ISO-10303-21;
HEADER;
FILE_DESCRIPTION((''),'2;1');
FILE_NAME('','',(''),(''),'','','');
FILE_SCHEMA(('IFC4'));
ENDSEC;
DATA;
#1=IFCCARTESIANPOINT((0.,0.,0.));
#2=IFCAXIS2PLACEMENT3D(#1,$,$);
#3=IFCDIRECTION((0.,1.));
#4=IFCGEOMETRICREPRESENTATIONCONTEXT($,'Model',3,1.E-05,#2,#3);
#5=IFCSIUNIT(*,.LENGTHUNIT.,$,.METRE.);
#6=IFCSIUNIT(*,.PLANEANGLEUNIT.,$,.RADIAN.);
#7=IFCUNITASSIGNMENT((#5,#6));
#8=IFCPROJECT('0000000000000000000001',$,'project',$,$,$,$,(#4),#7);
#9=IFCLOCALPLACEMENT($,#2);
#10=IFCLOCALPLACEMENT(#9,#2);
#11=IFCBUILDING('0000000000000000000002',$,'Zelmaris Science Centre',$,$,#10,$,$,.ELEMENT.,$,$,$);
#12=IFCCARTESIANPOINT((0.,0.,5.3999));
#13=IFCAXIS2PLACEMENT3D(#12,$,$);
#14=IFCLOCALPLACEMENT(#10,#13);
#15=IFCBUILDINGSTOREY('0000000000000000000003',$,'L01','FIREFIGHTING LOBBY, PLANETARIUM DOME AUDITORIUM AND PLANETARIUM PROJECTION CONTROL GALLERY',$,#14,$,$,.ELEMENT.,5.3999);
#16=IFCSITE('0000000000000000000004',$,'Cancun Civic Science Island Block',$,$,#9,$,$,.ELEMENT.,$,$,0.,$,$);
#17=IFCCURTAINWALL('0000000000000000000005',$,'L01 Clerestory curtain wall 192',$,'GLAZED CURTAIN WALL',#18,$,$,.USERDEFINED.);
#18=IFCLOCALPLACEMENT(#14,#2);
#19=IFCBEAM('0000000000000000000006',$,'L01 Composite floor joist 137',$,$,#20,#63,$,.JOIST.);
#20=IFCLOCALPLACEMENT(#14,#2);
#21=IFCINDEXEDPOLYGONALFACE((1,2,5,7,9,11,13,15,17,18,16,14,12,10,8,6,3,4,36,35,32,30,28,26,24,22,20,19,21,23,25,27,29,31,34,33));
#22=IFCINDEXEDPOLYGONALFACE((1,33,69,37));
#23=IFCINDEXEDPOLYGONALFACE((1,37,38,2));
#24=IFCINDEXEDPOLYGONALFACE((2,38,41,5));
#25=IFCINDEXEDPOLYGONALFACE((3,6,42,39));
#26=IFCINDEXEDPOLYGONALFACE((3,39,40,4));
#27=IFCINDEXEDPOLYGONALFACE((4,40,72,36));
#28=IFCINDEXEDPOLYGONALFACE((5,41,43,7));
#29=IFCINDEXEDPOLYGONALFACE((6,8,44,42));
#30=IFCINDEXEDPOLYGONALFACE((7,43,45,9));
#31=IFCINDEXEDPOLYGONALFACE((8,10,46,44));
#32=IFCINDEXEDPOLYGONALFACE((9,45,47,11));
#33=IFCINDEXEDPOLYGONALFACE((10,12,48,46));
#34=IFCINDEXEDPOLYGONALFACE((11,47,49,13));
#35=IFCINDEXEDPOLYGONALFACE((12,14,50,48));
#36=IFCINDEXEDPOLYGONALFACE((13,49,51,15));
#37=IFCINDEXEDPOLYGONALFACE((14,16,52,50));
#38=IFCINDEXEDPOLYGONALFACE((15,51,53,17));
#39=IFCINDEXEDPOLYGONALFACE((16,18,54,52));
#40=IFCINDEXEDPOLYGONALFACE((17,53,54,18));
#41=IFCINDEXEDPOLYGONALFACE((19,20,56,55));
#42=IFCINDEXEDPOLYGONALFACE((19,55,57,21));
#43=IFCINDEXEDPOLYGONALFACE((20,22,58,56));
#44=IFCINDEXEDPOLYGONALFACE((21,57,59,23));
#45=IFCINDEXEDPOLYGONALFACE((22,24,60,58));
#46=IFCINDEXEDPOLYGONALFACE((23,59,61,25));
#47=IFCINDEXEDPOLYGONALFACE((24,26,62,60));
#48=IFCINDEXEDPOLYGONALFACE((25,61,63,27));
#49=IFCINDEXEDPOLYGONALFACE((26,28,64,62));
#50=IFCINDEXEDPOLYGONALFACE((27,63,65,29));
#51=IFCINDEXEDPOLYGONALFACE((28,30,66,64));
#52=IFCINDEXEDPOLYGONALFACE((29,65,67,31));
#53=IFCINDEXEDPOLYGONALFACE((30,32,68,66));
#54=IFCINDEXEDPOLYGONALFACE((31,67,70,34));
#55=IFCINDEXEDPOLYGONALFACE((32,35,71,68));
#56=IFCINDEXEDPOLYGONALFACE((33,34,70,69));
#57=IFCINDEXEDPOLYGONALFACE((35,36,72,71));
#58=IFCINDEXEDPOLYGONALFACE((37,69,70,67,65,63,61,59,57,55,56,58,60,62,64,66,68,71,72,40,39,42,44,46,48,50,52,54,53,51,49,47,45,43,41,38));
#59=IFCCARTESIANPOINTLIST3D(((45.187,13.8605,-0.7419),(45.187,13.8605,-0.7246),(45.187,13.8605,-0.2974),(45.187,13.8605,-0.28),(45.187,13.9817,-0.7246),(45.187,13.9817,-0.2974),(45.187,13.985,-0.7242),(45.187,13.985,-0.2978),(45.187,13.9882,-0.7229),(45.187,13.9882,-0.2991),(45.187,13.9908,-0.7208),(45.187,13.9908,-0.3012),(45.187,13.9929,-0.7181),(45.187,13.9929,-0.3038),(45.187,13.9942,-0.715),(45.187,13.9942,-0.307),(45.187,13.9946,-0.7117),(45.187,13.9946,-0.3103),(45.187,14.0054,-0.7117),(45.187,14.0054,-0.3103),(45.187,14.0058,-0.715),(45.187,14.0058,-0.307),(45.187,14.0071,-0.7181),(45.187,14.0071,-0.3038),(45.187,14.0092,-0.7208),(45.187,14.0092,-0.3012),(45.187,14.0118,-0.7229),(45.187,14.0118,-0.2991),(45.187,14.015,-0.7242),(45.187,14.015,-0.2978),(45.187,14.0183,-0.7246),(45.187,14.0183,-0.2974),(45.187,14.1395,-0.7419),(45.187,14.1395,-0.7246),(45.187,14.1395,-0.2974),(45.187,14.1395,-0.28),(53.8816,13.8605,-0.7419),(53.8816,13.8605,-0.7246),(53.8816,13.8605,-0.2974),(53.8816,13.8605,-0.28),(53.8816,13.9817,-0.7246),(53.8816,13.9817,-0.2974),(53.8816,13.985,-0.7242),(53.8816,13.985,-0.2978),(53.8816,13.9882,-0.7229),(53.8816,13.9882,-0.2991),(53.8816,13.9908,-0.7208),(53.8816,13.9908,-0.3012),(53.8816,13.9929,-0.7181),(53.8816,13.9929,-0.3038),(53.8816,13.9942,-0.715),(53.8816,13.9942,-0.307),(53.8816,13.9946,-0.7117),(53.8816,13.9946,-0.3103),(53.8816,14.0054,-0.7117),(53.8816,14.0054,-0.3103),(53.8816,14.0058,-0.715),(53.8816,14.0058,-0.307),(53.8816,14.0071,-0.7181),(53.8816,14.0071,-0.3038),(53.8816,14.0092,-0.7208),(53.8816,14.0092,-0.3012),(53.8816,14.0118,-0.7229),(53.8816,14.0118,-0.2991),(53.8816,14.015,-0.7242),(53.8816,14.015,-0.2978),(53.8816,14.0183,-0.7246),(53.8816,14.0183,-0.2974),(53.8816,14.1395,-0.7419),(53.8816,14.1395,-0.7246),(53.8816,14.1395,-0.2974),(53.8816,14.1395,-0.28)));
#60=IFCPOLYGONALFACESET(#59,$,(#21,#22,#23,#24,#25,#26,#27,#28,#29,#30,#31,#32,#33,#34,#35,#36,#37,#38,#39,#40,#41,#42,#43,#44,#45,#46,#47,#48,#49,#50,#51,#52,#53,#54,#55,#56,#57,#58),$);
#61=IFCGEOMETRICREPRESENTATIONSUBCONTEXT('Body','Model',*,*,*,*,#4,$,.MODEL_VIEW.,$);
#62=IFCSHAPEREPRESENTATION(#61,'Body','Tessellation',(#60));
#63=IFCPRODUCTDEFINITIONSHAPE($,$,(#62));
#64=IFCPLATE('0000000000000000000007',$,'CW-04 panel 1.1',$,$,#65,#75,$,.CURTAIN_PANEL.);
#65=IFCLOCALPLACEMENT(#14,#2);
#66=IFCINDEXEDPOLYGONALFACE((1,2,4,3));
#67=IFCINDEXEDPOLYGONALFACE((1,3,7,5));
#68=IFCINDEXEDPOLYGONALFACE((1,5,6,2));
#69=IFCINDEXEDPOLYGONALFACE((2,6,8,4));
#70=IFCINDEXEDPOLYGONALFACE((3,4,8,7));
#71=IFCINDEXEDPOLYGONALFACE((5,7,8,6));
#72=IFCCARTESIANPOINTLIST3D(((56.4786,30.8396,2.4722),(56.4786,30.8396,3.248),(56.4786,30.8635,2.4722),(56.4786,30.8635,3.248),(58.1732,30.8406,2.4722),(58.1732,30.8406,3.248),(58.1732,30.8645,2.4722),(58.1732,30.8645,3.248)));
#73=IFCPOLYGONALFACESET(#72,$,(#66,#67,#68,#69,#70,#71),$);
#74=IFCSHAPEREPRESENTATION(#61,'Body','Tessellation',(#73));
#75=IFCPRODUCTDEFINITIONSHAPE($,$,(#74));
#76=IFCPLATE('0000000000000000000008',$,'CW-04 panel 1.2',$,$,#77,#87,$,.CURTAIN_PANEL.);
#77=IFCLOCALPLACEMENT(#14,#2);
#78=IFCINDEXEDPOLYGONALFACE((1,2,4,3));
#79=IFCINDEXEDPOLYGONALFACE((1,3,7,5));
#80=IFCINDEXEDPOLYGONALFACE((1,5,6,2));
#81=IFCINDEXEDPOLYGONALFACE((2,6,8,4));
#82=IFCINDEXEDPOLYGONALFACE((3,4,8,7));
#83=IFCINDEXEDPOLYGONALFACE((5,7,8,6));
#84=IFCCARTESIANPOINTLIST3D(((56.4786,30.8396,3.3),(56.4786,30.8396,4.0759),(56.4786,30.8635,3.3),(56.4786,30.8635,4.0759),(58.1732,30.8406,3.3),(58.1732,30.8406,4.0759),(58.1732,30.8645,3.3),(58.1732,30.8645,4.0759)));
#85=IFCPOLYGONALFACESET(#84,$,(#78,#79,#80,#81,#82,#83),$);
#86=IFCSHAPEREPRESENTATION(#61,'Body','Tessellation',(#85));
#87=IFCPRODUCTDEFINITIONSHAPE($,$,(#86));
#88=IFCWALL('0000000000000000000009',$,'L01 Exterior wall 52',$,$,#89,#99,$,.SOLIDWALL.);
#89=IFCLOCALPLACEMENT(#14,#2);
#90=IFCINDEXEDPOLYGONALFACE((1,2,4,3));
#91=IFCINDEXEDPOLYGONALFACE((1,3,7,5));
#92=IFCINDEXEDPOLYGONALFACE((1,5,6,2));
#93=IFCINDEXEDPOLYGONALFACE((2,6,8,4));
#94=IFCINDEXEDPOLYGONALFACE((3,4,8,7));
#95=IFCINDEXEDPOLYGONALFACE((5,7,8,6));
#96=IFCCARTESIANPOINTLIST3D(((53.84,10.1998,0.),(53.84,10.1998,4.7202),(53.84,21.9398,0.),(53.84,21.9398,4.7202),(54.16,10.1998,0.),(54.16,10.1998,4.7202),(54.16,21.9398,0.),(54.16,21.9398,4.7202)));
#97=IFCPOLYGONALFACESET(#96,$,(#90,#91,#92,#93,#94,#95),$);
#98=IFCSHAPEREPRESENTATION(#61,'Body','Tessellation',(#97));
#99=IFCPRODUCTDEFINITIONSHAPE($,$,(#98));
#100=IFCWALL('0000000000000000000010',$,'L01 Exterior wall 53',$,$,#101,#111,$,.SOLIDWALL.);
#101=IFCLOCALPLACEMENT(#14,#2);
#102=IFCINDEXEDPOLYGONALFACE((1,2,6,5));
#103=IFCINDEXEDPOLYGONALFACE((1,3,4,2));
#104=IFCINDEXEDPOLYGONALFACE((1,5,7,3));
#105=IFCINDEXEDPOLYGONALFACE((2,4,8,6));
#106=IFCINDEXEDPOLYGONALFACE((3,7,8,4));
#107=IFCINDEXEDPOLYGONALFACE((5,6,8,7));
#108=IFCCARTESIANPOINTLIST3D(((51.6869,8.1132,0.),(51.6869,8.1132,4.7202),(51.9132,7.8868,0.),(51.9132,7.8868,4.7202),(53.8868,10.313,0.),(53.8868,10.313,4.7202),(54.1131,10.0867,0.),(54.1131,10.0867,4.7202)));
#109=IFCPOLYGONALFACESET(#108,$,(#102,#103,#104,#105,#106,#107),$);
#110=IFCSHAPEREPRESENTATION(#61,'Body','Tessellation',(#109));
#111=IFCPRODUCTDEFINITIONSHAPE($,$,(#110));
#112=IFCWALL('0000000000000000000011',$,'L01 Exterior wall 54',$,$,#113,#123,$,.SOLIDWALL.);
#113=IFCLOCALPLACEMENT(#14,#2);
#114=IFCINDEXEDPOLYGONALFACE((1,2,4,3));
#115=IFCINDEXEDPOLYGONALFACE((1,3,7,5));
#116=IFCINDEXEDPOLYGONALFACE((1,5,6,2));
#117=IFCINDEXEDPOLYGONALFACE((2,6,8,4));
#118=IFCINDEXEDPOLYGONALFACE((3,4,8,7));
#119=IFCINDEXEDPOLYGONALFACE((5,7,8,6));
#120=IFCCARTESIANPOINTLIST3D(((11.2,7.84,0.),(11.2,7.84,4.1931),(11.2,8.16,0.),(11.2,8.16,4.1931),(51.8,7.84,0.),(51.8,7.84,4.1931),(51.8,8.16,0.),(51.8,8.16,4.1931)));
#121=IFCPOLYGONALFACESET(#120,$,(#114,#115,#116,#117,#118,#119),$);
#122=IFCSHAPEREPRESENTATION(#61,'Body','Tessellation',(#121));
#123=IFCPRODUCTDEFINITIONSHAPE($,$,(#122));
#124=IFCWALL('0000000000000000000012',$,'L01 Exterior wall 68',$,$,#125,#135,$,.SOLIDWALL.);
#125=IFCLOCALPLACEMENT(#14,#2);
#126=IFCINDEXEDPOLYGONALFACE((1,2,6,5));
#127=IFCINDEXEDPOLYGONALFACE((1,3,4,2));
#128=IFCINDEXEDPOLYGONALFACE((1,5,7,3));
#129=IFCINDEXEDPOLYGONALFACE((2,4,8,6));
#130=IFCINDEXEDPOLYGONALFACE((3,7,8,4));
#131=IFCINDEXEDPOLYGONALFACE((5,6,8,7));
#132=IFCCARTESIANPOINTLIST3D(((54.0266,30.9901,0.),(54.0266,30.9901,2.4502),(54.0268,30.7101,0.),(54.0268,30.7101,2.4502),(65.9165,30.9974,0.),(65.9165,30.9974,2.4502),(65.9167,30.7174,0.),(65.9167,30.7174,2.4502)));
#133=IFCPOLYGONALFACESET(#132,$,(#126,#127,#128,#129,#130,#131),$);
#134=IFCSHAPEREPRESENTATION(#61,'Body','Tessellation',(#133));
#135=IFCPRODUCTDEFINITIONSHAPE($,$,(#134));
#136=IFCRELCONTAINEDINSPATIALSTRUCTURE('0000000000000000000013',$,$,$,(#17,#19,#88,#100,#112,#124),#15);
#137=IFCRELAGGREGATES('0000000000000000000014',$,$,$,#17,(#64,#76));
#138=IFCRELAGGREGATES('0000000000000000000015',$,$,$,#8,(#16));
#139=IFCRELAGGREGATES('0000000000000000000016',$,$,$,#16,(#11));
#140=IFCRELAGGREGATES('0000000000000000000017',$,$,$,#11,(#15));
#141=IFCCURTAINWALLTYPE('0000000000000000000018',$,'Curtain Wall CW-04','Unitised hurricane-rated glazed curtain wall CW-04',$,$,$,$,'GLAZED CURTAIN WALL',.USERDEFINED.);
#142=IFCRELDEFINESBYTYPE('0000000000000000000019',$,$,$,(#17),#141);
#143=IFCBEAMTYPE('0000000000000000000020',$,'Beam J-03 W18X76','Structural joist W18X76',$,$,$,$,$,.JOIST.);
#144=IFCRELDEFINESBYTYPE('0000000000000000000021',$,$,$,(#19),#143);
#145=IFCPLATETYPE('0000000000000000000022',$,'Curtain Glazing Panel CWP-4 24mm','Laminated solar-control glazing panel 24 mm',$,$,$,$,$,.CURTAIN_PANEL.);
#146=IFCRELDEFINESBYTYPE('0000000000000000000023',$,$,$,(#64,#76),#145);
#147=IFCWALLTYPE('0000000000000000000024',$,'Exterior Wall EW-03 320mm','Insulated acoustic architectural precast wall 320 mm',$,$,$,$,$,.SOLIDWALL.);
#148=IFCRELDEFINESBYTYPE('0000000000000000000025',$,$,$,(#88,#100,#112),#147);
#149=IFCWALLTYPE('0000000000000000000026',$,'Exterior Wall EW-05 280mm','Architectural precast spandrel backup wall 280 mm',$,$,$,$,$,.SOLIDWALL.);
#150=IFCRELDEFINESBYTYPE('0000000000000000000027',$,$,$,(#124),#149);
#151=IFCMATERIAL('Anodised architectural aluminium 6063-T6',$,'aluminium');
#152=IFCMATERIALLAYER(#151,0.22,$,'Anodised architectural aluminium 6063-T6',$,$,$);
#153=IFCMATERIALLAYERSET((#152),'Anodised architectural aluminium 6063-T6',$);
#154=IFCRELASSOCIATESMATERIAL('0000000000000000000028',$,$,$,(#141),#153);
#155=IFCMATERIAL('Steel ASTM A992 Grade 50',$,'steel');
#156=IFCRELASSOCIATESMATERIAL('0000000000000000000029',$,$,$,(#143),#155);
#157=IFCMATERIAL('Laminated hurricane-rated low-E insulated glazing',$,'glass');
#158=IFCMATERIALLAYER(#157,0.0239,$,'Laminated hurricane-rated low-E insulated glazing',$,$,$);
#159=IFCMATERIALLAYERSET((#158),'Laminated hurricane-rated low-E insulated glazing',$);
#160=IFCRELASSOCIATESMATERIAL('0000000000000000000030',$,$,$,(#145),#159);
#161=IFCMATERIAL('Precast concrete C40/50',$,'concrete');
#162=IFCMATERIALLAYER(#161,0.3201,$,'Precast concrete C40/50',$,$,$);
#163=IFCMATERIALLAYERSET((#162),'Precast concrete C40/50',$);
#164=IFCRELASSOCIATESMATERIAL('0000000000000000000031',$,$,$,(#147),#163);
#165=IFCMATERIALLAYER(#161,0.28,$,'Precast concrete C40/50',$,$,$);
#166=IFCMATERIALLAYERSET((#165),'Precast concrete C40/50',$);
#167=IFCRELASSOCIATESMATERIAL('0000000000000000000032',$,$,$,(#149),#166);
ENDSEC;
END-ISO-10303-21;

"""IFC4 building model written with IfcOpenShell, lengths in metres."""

from ifc_helpers import new_model, si_unit, direction, frame, frame_2d, origin, origin_2d, place, context, subcontext, project, spatial, rectangle, i_section, extrude, material, layer, layer_set, material_profile, profile_set, type_object, element, aggregate, save


model = new_model("IFC4")

# Units and contexts
model_context = context("Model", 3, precision=1e-05, world=origin(), true_north=direction((0.0, 1.0)))
body_context = subcontext(model_context, "Body", "Model", "MODEL_VIEW")
ifc_project = project(units=[si_unit("LENGTHUNIT", "METRE"), si_unit("PLANEANGLEUNIT", "RADIAN")], contexts=[model_context])

# Site, building, storey
site_placement = place(None, origin())
site = spatial("IfcSite", under=ifc_project, at=site_placement, Name="Cancun Civic Science Island Block", CompositionType="ELEMENT", RefElevation=0.0)
building_placement = place(site_placement, origin())
building = spatial("IfcBuilding", under=site, at=building_placement, Name="Zelmaris Science Centre", CompositionType="ELEMENT")
storey_placement = place(building_placement, frame((0.0, 0.0, 5.3999)))
storey = spatial("IfcBuildingStorey", under=building, at=storey_placement, Name="L01", Description="FIREFIGHTING LOBBY, PLANETARIUM DOME AUDITORIUM AND PLANETARIUM PROJECTION CONTROL GALLERY", CompositionType="ELEMENT", Elevation=5.3999)

# Shared definitions
ifc_material_1 = material(Name="Steel ASTM A992 Grade 50", Category="steel")

# Curtain wall
ifc_material_2 = material(Name="Anodised architectural aluminium 6063-T6", Category="aluminium")
ifc_layer_1 = layer(ifc_material_2, 0.22, Name="Anodised architectural aluminium 6063-T6")
ifc_layer_set_1 = layer_set([ifc_layer_1], Name="Anodised architectural aluminium 6063-T6")
curtain_wall_type = type_object("IfcCurtainWallType", Name="Curtain Wall CW-04", Description="Unitised hurricane-rated glazed curtain wall CW-04", ElementType="GLAZED CURTAIN WALL", PredefinedType="USERDEFINED", material=ifc_layer_set_1)
curtain_wall_placement = place(storey_placement, origin())
curtain_wall = element("IfcCurtainWall", 1, at=curtain_wall_placement, inside=storey, type_object=curtain_wall_type, Name="L01 Clerestory curtain wall 192", ObjectType="GLAZED CURTAIN WALL", PredefinedType="USERDEFINED")

# Beam
ifc_material_profile_1 = material_profile(ifc_material_1, i_section(OverallWidth=0.2791, OverallDepth=0.4619, WebThickness=0.0107, FlangeThickness=0.0173, FilletRadius=0.0129, at=origin_2d()), Name="W18X76")
ifc_profile_set_1 = profile_set([ifc_material_profile_1], Name="Steel ASTM A992 Grade 50")
beam_type_1 = type_object("IfcBeamType", Name="Beam J-03 W18X76", Description="Structural joist W18X76", PredefinedType="JOIST", material=ifc_profile_set_1)
beam_1_placement = place(storey_placement, frame((45.187, 14.0, -0.511), z_axis=(1.0, 0.0, 0.0), x_axis=(0.0, 1.0, 0.0)))
element("IfcBeam", 2, at=beam_1_placement, inside=storey, type_object=beam_type_1, Name="L01 Composite floor joist 137", PredefinedType="JOIST", context=body_context, shape_type="SweptSolid", body=[
    extrude(i_section(OverallWidth=0.2791, OverallDepth=0.4619, WebThickness=0.0107, FlangeThickness=0.0173, FilletRadius=0.0129, at=origin_2d()), origin(), (0.0, 0.0, 1.0), 8.6946),
])

# Plates
ifc_material_3 = material(Name="Laminated hurricane-rated low-E insulated glazing", Category="glass")
ifc_layer_2 = layer(ifc_material_3, 0.0239, Name="Laminated hurricane-rated low-E insulated glazing")
ifc_layer_set_2 = layer_set([ifc_layer_2], Name="Laminated hurricane-rated low-E insulated glazing")
plate_type = type_object("IfcPlateType", Name="Curtain Glazing Panel CWP-4 24mm", Description="Laminated solar-control glazing panel 24 mm", PredefinedType="CURTAIN_PANEL", material=ifc_layer_set_2)
plate_1_placement = place(storey_placement, frame((57.3259, 30.8521, 2.4722), z_axis=(0.0, 0.0, 1.0), x_axis=(1.0, 0.000621, 0.0)))
plate_1 = element("IfcPlate", 3, at=plate_1_placement, type_object=plate_type, Name="CW-04 panel 1.1", PredefinedType="CURTAIN_PANEL", context=body_context, shape_type="SweptSolid", body=[
    extrude(rectangle(XDim=1.6946, YDim=0.0239, at=origin_2d()), origin(), (0.0, 0.0, 1.0), 0.7759),
])
plate_2_placement = place(storey_placement, frame((57.3259, 30.8521, 3.3), z_axis=(0.0, 0.0, 1.0), x_axis=(1.0, 0.000621, 0.0)))
plate_2 = element("IfcPlate", 4, at=plate_2_placement, type_object=plate_type, Name="CW-04 panel 1.2", PredefinedType="CURTAIN_PANEL", context=body_context, shape_type="SweptSolid", body=[
    extrude(rectangle(XDim=1.6946, YDim=0.0239, at=origin_2d()), origin(), (0.0, 0.0, 1.0), 0.7759),
])
aggregate(curtain_wall, [plate_1, plate_2])

# Walls
ifc_material_4 = material(Name="Precast concrete C40/50", Category="concrete")
ifc_layer_3 = layer(ifc_material_4, 0.3201, Name="Precast concrete C40/50")
ifc_layer_set_3 = layer_set([ifc_layer_3], Name="Precast concrete C40/50")
wall_type_1 = type_object("IfcWallType", Name="Exterior Wall EW-03 320mm", Description="Insulated acoustic architectural precast wall 320 mm", PredefinedType="SOLIDWALL", material=ifc_layer_set_3)
wall_1_placement = place(storey_placement, frame((54.0, 21.9399, 0.0), z_axis=(0.0, 0.0, 1.0), x_axis=(0.0, -1.0, 0.0)))
element("IfcWall", 5, at=wall_1_placement, inside=storey, type_object=wall_type_1, Name="L01 Exterior wall 52", PredefinedType="SOLIDWALL", context=body_context, shape_type="SweptSolid", body=[
    extrude(rectangle(XDim=11.74, YDim=0.3201, at=frame_2d((5.8701, 0.0))), origin(), (0.0, 0.0, 1.0), 4.7202),
])
wall_2_placement = place(storey_placement, frame((54.0, 10.2, 0.0), z_axis=(0.0, 0.0, 1.0), x_axis=(-0.707107, -0.707107, 0.0)))
element("IfcWall", 6, at=wall_2_placement, inside=storey, type_object=wall_type_1, Name="L01 Exterior wall 53", PredefinedType="SOLIDWALL", context=body_context, shape_type="SweptSolid", body=[
    extrude(rectangle(XDim=3.1111, YDim=0.3201, at=frame_2d((1.5557, 0.0))), origin(), (0.0, 0.0, 1.0), 4.7202),
])
wall_3_placement = place(storey_placement, frame((51.8, 8.0, 0.0), z_axis=(0.0, 0.0, 1.0), x_axis=(-1.0, 0.0, 0.0)))
element("IfcWall", 7, at=wall_3_placement, inside=storey, type_object=wall_type_1, Name="L01 Exterior wall 54", PredefinedType="SOLIDWALL", context=body_context, shape_type="SweptSolid", body=[
    extrude(rectangle(XDim=40.6001, YDim=0.3201, at=frame_2d((20.3, 0.0))), origin(), (0.0, 0.0, 1.0), 4.1931),
])
ifc_layer_4 = layer(ifc_material_4, 0.28, Name="Precast concrete C40/50")
ifc_layer_set_4 = layer_set([ifc_layer_4], Name="Precast concrete C40/50")
wall_type_2 = type_object("IfcWallType", Name="Exterior Wall EW-05 280mm", Description="Architectural precast spandrel backup wall 280 mm", PredefinedType="SOLIDWALL", material=ifc_layer_set_4)
wall_4_placement = place(storey_placement, frame((54.0269, 30.8501, 0.0), z_axis=(0.0, 0.0, 1.0), x_axis=(1.0, 0.000616, 0.0)))
element("IfcWall", 8, at=wall_4_placement, inside=storey, type_object=wall_type_2, Name="L01 Exterior wall 68", PredefinedType="SOLIDWALL", context=body_context, shape_type="SweptSolid", body=[
    extrude(rectangle(XDim=11.8899, YDim=0.28, at=frame_2d((5.9448, 0.0))), origin(), (0.0, 0.0, 1.0), 2.4502),
])

save(model, "model.ifc")
